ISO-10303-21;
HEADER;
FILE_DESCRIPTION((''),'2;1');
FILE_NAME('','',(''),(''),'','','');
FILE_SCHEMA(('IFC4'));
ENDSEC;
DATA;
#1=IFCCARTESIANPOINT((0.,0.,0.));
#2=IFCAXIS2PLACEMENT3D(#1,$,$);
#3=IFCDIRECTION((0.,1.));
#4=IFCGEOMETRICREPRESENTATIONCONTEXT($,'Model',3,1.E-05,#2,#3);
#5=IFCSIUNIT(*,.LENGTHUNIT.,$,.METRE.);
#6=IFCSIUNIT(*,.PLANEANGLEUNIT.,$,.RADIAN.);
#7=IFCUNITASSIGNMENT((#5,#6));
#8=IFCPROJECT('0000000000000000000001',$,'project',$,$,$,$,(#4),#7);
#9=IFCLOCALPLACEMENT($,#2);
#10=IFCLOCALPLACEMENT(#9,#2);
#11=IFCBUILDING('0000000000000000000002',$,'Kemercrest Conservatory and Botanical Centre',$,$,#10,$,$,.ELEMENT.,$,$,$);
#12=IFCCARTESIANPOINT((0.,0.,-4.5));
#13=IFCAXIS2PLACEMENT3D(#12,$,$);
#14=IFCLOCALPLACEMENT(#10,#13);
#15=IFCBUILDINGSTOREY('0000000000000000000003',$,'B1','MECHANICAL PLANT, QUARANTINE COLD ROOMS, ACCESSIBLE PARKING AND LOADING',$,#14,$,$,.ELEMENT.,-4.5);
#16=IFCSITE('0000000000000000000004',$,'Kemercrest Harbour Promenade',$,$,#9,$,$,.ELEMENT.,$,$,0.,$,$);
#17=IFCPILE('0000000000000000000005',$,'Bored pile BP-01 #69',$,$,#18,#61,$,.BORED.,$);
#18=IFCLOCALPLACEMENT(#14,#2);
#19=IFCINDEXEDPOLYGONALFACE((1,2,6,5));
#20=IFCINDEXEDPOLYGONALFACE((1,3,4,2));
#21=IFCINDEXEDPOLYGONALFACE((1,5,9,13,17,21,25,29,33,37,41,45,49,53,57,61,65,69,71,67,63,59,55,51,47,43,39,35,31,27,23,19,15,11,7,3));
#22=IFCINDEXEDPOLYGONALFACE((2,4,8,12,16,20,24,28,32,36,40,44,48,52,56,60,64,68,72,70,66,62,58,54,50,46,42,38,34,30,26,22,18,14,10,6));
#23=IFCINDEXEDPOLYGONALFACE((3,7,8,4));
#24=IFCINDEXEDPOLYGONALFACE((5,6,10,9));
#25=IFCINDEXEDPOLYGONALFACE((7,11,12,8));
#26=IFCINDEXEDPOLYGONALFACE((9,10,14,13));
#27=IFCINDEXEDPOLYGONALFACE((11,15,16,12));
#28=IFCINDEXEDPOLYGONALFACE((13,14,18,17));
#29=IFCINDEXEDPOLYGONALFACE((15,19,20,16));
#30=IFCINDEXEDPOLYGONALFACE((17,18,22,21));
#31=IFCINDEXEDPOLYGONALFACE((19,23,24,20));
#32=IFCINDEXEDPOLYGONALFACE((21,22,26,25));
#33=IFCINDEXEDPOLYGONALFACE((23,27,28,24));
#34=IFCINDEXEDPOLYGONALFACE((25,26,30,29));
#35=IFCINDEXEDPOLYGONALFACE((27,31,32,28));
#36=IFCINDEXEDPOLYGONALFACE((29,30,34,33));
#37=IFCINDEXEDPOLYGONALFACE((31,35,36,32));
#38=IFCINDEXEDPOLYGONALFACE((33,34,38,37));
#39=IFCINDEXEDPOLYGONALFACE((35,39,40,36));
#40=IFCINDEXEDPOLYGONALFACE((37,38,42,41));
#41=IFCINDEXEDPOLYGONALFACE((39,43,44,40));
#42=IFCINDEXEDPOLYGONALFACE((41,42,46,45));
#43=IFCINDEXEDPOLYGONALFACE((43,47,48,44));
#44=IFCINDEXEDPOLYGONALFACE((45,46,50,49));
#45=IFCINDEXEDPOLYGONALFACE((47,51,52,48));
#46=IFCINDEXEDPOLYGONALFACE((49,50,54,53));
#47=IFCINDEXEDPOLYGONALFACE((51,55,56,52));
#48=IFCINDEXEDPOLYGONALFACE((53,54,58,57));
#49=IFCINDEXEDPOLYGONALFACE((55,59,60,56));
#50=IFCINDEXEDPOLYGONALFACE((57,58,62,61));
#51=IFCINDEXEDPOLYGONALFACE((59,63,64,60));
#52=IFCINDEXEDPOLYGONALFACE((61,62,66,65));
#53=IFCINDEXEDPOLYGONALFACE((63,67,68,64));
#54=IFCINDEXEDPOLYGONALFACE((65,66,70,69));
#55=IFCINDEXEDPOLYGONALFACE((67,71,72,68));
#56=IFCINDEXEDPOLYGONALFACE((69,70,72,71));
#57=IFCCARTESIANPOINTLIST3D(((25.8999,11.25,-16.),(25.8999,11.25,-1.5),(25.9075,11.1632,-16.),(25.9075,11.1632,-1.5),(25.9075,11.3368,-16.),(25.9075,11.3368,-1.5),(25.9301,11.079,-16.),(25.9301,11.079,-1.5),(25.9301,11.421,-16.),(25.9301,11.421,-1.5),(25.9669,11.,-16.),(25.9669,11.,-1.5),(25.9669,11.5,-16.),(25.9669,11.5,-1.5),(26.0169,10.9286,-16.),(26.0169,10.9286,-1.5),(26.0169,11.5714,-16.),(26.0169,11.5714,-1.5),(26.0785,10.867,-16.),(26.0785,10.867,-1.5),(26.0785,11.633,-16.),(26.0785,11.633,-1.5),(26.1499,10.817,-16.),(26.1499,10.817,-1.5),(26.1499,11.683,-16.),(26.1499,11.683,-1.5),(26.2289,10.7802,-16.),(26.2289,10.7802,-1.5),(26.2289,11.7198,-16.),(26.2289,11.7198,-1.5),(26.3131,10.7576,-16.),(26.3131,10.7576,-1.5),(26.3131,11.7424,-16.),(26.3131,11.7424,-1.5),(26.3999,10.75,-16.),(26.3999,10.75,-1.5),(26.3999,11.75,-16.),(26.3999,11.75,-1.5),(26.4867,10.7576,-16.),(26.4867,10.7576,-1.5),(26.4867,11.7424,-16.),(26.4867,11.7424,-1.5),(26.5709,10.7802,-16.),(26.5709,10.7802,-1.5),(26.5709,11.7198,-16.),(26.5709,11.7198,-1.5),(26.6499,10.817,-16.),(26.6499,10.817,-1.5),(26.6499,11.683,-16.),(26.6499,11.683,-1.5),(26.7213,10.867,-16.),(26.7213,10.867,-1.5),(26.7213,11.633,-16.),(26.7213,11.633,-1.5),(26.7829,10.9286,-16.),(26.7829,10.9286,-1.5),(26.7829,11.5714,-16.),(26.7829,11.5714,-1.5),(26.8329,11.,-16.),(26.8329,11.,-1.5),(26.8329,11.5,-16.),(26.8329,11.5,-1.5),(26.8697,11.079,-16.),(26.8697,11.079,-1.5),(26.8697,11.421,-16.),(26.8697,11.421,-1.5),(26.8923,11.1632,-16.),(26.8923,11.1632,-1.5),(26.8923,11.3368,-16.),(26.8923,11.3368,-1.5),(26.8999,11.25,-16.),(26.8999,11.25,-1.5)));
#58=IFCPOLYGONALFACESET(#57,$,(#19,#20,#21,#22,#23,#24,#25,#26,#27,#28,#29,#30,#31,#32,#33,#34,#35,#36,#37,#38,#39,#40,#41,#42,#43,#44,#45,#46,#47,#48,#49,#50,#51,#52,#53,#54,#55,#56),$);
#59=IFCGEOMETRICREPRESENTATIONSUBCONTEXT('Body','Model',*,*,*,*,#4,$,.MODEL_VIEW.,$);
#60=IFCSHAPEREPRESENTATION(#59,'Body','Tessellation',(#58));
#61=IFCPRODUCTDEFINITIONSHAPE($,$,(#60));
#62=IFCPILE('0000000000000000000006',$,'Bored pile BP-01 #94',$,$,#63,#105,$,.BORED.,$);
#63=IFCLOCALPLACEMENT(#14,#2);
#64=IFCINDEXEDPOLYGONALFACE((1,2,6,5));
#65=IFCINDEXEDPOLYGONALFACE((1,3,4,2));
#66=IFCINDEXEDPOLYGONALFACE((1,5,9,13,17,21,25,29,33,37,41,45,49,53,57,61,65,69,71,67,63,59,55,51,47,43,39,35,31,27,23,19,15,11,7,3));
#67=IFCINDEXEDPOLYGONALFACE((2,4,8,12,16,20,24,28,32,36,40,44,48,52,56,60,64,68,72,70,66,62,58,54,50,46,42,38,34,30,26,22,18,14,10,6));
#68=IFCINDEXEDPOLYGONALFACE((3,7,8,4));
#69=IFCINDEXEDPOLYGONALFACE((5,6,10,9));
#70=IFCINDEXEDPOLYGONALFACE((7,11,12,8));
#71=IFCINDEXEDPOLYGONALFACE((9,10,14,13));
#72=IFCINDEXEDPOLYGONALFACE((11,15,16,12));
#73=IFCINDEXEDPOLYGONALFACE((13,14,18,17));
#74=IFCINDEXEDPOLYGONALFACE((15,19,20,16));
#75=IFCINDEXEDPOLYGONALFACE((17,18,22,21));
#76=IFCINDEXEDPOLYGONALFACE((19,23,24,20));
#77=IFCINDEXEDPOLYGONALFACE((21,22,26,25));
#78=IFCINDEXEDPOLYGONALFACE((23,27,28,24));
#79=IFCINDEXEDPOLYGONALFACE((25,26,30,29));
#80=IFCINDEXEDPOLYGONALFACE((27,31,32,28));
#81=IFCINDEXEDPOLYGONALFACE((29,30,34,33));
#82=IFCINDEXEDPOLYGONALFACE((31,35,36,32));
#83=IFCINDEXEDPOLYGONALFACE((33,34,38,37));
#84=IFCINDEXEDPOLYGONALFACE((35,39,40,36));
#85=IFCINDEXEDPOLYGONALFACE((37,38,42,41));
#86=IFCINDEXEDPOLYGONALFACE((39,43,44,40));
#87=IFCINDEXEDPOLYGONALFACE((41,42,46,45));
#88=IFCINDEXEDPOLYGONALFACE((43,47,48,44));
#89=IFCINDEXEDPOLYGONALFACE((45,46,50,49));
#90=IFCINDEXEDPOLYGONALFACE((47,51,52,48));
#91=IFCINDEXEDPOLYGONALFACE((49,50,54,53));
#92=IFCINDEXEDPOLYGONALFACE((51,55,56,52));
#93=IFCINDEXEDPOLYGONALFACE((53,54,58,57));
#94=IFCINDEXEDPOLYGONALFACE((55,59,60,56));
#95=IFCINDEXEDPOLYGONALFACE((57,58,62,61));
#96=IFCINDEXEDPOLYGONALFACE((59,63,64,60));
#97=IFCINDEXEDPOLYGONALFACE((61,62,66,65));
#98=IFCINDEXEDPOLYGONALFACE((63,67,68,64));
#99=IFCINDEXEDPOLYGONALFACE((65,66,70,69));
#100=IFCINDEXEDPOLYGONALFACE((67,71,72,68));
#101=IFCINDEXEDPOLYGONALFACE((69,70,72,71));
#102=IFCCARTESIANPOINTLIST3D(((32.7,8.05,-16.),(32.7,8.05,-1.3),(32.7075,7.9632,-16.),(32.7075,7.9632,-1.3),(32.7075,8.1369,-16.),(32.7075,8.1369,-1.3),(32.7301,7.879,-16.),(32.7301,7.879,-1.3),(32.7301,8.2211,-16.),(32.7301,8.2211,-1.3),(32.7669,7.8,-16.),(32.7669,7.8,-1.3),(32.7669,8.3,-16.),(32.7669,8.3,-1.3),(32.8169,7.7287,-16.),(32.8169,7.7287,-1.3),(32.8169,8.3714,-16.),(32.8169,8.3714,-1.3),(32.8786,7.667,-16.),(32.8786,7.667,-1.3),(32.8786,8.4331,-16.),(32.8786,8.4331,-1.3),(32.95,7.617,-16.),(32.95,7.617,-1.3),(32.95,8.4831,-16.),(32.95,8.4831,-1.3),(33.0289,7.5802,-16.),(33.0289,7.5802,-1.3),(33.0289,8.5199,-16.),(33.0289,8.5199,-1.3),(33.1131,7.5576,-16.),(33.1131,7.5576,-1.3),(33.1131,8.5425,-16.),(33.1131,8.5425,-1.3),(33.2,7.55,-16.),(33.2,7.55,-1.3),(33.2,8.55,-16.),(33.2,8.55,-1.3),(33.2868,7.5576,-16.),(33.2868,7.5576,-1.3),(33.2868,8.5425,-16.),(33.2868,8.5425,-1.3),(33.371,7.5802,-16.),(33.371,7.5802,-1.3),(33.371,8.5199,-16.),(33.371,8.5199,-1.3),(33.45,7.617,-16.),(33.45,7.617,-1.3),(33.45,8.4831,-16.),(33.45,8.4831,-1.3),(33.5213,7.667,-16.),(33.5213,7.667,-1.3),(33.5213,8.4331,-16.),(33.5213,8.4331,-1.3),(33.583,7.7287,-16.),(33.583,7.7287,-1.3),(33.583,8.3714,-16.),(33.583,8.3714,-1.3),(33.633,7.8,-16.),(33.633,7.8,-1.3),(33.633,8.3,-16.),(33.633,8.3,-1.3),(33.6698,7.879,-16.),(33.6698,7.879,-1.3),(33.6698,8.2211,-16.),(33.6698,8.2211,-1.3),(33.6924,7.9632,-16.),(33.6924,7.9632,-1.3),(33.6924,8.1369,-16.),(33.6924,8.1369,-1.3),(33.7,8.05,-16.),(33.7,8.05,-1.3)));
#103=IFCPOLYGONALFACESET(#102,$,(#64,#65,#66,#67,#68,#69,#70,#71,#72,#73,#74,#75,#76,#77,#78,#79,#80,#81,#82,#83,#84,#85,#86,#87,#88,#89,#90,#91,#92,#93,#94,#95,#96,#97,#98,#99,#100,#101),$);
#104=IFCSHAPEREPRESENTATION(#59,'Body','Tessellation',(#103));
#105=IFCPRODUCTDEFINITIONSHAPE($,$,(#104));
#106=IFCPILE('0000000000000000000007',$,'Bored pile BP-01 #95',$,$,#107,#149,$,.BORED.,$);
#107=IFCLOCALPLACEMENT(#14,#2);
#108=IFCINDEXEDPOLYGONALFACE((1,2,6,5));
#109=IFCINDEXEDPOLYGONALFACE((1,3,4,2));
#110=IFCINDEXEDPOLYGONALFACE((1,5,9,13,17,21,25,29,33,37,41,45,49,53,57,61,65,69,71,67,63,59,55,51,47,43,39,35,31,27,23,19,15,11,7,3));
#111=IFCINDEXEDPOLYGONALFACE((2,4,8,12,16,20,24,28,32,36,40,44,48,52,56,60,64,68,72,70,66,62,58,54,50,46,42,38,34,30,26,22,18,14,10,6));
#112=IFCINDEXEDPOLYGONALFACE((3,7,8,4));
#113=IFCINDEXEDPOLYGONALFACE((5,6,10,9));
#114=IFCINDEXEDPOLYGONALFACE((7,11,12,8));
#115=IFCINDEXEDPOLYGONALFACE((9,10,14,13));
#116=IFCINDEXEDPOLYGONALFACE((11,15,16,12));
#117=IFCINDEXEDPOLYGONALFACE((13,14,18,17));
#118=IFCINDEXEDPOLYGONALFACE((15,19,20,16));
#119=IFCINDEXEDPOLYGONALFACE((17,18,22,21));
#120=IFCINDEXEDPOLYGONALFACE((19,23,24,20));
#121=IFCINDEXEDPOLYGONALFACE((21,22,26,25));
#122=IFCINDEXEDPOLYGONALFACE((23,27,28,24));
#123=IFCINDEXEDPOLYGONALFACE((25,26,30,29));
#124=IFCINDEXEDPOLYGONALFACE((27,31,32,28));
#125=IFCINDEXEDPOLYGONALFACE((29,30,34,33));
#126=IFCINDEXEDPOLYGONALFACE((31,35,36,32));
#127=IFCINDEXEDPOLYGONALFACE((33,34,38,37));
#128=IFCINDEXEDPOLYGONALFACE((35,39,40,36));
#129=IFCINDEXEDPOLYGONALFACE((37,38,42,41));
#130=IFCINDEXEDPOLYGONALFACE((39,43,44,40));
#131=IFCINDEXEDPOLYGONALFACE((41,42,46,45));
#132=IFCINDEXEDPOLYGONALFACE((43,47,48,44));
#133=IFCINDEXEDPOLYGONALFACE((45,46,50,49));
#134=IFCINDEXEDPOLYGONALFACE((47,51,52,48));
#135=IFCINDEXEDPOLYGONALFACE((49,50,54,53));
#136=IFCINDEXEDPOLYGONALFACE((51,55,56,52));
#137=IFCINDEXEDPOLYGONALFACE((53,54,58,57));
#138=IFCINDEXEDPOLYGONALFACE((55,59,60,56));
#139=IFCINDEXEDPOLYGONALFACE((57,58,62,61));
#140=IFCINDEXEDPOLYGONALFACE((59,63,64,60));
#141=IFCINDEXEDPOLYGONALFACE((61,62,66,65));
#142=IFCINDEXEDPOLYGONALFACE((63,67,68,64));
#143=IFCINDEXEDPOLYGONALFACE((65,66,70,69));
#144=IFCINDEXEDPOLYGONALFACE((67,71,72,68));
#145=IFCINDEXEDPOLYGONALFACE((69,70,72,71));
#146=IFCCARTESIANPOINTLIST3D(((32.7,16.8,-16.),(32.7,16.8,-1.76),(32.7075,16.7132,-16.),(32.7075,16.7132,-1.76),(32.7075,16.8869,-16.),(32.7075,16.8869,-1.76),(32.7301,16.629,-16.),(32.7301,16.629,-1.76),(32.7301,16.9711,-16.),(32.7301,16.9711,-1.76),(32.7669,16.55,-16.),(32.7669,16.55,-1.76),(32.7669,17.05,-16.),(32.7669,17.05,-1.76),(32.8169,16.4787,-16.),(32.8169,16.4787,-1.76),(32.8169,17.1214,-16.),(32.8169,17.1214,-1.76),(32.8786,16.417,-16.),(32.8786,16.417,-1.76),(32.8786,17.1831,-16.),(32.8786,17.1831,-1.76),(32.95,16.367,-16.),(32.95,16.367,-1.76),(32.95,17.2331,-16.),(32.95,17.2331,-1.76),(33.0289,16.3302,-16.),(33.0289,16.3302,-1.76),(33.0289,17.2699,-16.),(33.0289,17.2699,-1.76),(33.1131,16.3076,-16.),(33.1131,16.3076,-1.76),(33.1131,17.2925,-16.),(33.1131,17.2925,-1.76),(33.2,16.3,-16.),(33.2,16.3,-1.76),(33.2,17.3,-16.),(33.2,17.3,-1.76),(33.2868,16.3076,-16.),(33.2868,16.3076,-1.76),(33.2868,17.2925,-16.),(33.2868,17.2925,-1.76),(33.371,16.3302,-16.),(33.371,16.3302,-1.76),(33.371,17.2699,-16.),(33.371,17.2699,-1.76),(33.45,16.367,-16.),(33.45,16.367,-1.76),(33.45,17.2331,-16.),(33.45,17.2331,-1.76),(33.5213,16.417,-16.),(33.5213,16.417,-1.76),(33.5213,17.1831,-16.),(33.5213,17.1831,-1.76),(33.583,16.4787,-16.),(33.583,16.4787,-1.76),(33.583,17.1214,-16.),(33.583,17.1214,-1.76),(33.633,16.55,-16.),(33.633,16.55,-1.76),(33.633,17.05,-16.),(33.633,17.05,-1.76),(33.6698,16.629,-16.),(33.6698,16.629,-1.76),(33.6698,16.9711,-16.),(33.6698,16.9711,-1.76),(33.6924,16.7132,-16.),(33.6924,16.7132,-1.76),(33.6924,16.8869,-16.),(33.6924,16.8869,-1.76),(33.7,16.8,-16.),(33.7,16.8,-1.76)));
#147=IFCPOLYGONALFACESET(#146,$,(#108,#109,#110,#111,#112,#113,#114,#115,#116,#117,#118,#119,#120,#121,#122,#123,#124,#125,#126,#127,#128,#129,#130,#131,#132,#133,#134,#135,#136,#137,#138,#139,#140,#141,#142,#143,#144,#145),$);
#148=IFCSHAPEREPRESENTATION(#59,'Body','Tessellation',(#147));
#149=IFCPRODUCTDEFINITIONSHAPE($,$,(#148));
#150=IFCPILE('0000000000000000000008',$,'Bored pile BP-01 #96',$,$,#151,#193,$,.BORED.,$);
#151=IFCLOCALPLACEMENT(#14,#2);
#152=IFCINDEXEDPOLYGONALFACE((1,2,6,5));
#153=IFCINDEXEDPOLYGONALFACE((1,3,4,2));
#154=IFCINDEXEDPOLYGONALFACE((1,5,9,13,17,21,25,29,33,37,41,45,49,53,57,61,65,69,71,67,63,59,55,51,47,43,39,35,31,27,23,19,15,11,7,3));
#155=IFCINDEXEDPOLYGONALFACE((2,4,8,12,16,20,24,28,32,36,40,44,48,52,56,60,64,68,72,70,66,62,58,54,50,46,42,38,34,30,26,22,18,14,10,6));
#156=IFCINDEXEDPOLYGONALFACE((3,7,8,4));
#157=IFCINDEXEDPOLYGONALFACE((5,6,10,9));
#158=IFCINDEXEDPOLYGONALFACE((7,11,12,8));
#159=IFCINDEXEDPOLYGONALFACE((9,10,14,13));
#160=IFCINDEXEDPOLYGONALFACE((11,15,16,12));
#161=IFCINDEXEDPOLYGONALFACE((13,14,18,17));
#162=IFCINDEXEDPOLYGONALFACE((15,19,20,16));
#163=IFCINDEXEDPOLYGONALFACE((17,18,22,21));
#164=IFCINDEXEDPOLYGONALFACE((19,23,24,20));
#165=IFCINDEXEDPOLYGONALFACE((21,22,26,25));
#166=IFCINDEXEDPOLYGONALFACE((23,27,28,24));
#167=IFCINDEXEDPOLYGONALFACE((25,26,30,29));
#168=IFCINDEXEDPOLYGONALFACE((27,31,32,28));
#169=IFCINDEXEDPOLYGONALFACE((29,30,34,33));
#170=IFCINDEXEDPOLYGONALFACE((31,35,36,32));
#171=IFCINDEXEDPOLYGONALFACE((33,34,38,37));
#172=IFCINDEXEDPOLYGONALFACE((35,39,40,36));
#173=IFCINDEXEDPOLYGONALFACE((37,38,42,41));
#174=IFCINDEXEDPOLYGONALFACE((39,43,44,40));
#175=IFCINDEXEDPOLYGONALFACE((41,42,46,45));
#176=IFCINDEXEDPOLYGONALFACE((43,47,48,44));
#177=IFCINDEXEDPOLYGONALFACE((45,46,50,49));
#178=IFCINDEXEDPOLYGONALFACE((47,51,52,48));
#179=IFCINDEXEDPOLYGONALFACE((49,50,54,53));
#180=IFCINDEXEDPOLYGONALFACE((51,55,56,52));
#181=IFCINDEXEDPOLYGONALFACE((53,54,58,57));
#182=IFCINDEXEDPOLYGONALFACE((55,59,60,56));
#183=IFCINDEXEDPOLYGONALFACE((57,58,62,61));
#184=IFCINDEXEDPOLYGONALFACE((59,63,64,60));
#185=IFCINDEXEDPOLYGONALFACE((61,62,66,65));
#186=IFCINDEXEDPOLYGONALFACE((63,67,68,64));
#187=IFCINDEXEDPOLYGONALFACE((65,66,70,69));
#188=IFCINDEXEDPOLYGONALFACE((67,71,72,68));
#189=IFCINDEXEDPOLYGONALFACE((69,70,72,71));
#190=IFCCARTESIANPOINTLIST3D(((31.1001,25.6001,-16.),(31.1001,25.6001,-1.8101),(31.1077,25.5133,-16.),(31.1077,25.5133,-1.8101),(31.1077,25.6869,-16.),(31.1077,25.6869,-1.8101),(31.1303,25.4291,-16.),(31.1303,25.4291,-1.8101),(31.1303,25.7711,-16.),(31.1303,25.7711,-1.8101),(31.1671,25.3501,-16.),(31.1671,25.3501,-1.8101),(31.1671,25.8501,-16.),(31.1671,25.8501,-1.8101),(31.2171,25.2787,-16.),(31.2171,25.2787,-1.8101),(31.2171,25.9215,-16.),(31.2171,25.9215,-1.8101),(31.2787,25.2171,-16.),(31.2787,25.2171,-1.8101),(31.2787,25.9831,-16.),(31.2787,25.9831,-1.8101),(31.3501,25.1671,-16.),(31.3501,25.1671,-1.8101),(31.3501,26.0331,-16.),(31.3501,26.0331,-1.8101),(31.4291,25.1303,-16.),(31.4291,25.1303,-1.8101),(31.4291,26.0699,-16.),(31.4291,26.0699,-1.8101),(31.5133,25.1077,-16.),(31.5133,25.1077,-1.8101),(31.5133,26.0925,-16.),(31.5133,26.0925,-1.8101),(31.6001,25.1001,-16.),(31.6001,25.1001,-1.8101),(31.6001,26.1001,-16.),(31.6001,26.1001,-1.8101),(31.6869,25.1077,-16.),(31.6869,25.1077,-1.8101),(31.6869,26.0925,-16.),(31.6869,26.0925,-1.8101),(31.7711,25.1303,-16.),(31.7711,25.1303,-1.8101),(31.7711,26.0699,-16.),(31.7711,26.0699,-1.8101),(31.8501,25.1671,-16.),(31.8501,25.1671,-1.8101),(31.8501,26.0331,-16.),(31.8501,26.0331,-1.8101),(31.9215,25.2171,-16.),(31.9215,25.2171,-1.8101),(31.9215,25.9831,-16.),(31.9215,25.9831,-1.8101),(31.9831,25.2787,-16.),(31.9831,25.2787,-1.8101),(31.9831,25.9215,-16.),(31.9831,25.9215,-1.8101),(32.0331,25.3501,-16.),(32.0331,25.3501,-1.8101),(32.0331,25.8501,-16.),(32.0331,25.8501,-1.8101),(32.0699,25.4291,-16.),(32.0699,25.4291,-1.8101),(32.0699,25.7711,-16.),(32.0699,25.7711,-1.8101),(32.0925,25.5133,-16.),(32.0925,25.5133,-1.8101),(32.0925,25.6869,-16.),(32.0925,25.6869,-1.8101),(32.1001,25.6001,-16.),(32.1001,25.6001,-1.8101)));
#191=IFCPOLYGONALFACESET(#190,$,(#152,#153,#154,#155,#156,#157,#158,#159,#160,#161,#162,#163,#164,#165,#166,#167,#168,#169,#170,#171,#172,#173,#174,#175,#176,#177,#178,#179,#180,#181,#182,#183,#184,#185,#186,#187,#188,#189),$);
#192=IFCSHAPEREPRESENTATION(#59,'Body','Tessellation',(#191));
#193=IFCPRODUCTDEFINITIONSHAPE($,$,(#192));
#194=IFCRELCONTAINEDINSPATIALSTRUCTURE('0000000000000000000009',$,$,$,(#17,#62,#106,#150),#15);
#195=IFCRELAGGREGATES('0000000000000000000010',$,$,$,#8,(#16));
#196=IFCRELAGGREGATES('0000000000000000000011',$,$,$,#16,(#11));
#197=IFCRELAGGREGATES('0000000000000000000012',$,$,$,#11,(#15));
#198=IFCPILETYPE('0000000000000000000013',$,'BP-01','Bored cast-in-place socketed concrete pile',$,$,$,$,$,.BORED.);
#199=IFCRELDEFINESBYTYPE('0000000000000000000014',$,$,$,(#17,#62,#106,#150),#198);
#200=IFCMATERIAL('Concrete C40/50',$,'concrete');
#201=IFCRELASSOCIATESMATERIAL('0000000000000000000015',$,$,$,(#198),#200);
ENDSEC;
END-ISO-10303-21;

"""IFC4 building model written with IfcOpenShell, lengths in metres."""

from ifc_helpers import new_model, si_unit, direction, frame, origin, origin_2d, place, context, subcontext, project, spatial, circle, extrude, material, material_profile, profile_set, type_object, element, save


model = new_model("IFC4")

# Units and contexts
model_context = context("Model", 3, precision=1e-05, world=origin(), true_north=direction((0.0, 1.0)))
body_context = subcontext(model_context, "Body", "Model", "MODEL_VIEW")
ifc_project = project(units=[si_unit("LENGTHUNIT", "METRE"), si_unit("PLANEANGLEUNIT", "RADIAN")], contexts=[model_context])

# Site, building, storey
site_placement = place(None, origin())
site = spatial("IfcSite", under=ifc_project, at=site_placement, Name="Kemercrest Harbour Promenade", CompositionType="ELEMENT", RefElevation=0.0)
building_placement = place(site_placement, origin())
building = spatial("IfcBuilding", under=site, at=building_placement, Name="Kemercrest Conservatory and Botanical Centre", CompositionType="ELEMENT")
storey_placement = place(building_placement, frame((0.0, 0.0, -4.5)))
storey = spatial("IfcBuildingStorey", under=building, at=storey_placement, Name="B1", Description="MECHANICAL PLANT, QUARANTINE COLD ROOMS, ACCESSIBLE PARKING AND LOADING", CompositionType="ELEMENT", Elevation=-4.5)

# Piles
ifc_material_1 = material(Name="Concrete C40/50", Category="concrete")
ifc_material_profile_1 = material_profile(ifc_material_1, circle(Radius=0.5, at=origin_2d()), Name="BORED PILE 1000")
ifc_profile_set_1 = profile_set([ifc_material_profile_1], Name="Concrete C40/50")
pile_type_1 = type_object("IfcPileType", Name="BP-01", Description="Bored cast-in-place socketed concrete pile", PredefinedType="BORED", material=ifc_profile_set_1)
pile_1_placement = place(storey_placement, frame((26.3999, 11.25, -1.5), z_axis=(0.0, 0.0, -1.0), x_axis=(1.0, 0.0, 0.0)))
element("IfcPile", 1, at=pile_1_placement, inside=storey, type_object=pile_type_1, Name="Bored pile BP-01 #69", PredefinedType="BORED", context=body_context, shape_type="SweptSolid", body=[
    extrude(circle(Radius=0.5, at=origin_2d()), origin(), (0.0, 0.0, 1.0), 14.5),
])
pile_2_placement = place(storey_placement, frame((33.2, 8.05, -1.3), z_axis=(0.0, 0.0, -1.0), x_axis=(1.0, 0.0, 0.0)))
element("IfcPile", 2, at=pile_2_placement, inside=storey, type_object=pile_type_1, Name="Bored pile BP-01 #94", PredefinedType="BORED", context=body_context, shape_type="SweptSolid", body=[
    extrude(circle(Radius=0.5, at=origin_2d()), origin(), (0.0, 0.0, 1.0), 14.7),
])
pile_3_placement = place(storey_placement, frame((33.2, 16.8, -1.76), z_axis=(0.0, 0.0, -1.0), x_axis=(1.0, 0.0, 0.0)))
element("IfcPile", 3, at=pile_3_placement, inside=storey, type_object=pile_type_1, Name="Bored pile BP-01 #95", PredefinedType="BORED", context=body_context, shape_type="SweptSolid", body=[
    extrude(circle(Radius=0.5, at=origin_2d()), origin(), (0.0, 0.0, 1.0), 14.24),
])
pile_4_placement = place(storey_placement, frame((31.6001, 25.6001, -1.8101), z_axis=(0.0, 0.0, -1.0), x_axis=(1.0, 0.0, 0.0)))
element("IfcPile", 4, at=pile_4_placement, inside=storey, type_object=pile_type_1, Name="Bored pile BP-01 #96", PredefinedType="BORED", context=body_context, shape_type="SweptSolid", body=[
    extrude(circle(Radius=0.5, at=origin_2d()), origin(), (0.0, 0.0, 1.0), 14.1899),
])

save(model, "model.ifc")
